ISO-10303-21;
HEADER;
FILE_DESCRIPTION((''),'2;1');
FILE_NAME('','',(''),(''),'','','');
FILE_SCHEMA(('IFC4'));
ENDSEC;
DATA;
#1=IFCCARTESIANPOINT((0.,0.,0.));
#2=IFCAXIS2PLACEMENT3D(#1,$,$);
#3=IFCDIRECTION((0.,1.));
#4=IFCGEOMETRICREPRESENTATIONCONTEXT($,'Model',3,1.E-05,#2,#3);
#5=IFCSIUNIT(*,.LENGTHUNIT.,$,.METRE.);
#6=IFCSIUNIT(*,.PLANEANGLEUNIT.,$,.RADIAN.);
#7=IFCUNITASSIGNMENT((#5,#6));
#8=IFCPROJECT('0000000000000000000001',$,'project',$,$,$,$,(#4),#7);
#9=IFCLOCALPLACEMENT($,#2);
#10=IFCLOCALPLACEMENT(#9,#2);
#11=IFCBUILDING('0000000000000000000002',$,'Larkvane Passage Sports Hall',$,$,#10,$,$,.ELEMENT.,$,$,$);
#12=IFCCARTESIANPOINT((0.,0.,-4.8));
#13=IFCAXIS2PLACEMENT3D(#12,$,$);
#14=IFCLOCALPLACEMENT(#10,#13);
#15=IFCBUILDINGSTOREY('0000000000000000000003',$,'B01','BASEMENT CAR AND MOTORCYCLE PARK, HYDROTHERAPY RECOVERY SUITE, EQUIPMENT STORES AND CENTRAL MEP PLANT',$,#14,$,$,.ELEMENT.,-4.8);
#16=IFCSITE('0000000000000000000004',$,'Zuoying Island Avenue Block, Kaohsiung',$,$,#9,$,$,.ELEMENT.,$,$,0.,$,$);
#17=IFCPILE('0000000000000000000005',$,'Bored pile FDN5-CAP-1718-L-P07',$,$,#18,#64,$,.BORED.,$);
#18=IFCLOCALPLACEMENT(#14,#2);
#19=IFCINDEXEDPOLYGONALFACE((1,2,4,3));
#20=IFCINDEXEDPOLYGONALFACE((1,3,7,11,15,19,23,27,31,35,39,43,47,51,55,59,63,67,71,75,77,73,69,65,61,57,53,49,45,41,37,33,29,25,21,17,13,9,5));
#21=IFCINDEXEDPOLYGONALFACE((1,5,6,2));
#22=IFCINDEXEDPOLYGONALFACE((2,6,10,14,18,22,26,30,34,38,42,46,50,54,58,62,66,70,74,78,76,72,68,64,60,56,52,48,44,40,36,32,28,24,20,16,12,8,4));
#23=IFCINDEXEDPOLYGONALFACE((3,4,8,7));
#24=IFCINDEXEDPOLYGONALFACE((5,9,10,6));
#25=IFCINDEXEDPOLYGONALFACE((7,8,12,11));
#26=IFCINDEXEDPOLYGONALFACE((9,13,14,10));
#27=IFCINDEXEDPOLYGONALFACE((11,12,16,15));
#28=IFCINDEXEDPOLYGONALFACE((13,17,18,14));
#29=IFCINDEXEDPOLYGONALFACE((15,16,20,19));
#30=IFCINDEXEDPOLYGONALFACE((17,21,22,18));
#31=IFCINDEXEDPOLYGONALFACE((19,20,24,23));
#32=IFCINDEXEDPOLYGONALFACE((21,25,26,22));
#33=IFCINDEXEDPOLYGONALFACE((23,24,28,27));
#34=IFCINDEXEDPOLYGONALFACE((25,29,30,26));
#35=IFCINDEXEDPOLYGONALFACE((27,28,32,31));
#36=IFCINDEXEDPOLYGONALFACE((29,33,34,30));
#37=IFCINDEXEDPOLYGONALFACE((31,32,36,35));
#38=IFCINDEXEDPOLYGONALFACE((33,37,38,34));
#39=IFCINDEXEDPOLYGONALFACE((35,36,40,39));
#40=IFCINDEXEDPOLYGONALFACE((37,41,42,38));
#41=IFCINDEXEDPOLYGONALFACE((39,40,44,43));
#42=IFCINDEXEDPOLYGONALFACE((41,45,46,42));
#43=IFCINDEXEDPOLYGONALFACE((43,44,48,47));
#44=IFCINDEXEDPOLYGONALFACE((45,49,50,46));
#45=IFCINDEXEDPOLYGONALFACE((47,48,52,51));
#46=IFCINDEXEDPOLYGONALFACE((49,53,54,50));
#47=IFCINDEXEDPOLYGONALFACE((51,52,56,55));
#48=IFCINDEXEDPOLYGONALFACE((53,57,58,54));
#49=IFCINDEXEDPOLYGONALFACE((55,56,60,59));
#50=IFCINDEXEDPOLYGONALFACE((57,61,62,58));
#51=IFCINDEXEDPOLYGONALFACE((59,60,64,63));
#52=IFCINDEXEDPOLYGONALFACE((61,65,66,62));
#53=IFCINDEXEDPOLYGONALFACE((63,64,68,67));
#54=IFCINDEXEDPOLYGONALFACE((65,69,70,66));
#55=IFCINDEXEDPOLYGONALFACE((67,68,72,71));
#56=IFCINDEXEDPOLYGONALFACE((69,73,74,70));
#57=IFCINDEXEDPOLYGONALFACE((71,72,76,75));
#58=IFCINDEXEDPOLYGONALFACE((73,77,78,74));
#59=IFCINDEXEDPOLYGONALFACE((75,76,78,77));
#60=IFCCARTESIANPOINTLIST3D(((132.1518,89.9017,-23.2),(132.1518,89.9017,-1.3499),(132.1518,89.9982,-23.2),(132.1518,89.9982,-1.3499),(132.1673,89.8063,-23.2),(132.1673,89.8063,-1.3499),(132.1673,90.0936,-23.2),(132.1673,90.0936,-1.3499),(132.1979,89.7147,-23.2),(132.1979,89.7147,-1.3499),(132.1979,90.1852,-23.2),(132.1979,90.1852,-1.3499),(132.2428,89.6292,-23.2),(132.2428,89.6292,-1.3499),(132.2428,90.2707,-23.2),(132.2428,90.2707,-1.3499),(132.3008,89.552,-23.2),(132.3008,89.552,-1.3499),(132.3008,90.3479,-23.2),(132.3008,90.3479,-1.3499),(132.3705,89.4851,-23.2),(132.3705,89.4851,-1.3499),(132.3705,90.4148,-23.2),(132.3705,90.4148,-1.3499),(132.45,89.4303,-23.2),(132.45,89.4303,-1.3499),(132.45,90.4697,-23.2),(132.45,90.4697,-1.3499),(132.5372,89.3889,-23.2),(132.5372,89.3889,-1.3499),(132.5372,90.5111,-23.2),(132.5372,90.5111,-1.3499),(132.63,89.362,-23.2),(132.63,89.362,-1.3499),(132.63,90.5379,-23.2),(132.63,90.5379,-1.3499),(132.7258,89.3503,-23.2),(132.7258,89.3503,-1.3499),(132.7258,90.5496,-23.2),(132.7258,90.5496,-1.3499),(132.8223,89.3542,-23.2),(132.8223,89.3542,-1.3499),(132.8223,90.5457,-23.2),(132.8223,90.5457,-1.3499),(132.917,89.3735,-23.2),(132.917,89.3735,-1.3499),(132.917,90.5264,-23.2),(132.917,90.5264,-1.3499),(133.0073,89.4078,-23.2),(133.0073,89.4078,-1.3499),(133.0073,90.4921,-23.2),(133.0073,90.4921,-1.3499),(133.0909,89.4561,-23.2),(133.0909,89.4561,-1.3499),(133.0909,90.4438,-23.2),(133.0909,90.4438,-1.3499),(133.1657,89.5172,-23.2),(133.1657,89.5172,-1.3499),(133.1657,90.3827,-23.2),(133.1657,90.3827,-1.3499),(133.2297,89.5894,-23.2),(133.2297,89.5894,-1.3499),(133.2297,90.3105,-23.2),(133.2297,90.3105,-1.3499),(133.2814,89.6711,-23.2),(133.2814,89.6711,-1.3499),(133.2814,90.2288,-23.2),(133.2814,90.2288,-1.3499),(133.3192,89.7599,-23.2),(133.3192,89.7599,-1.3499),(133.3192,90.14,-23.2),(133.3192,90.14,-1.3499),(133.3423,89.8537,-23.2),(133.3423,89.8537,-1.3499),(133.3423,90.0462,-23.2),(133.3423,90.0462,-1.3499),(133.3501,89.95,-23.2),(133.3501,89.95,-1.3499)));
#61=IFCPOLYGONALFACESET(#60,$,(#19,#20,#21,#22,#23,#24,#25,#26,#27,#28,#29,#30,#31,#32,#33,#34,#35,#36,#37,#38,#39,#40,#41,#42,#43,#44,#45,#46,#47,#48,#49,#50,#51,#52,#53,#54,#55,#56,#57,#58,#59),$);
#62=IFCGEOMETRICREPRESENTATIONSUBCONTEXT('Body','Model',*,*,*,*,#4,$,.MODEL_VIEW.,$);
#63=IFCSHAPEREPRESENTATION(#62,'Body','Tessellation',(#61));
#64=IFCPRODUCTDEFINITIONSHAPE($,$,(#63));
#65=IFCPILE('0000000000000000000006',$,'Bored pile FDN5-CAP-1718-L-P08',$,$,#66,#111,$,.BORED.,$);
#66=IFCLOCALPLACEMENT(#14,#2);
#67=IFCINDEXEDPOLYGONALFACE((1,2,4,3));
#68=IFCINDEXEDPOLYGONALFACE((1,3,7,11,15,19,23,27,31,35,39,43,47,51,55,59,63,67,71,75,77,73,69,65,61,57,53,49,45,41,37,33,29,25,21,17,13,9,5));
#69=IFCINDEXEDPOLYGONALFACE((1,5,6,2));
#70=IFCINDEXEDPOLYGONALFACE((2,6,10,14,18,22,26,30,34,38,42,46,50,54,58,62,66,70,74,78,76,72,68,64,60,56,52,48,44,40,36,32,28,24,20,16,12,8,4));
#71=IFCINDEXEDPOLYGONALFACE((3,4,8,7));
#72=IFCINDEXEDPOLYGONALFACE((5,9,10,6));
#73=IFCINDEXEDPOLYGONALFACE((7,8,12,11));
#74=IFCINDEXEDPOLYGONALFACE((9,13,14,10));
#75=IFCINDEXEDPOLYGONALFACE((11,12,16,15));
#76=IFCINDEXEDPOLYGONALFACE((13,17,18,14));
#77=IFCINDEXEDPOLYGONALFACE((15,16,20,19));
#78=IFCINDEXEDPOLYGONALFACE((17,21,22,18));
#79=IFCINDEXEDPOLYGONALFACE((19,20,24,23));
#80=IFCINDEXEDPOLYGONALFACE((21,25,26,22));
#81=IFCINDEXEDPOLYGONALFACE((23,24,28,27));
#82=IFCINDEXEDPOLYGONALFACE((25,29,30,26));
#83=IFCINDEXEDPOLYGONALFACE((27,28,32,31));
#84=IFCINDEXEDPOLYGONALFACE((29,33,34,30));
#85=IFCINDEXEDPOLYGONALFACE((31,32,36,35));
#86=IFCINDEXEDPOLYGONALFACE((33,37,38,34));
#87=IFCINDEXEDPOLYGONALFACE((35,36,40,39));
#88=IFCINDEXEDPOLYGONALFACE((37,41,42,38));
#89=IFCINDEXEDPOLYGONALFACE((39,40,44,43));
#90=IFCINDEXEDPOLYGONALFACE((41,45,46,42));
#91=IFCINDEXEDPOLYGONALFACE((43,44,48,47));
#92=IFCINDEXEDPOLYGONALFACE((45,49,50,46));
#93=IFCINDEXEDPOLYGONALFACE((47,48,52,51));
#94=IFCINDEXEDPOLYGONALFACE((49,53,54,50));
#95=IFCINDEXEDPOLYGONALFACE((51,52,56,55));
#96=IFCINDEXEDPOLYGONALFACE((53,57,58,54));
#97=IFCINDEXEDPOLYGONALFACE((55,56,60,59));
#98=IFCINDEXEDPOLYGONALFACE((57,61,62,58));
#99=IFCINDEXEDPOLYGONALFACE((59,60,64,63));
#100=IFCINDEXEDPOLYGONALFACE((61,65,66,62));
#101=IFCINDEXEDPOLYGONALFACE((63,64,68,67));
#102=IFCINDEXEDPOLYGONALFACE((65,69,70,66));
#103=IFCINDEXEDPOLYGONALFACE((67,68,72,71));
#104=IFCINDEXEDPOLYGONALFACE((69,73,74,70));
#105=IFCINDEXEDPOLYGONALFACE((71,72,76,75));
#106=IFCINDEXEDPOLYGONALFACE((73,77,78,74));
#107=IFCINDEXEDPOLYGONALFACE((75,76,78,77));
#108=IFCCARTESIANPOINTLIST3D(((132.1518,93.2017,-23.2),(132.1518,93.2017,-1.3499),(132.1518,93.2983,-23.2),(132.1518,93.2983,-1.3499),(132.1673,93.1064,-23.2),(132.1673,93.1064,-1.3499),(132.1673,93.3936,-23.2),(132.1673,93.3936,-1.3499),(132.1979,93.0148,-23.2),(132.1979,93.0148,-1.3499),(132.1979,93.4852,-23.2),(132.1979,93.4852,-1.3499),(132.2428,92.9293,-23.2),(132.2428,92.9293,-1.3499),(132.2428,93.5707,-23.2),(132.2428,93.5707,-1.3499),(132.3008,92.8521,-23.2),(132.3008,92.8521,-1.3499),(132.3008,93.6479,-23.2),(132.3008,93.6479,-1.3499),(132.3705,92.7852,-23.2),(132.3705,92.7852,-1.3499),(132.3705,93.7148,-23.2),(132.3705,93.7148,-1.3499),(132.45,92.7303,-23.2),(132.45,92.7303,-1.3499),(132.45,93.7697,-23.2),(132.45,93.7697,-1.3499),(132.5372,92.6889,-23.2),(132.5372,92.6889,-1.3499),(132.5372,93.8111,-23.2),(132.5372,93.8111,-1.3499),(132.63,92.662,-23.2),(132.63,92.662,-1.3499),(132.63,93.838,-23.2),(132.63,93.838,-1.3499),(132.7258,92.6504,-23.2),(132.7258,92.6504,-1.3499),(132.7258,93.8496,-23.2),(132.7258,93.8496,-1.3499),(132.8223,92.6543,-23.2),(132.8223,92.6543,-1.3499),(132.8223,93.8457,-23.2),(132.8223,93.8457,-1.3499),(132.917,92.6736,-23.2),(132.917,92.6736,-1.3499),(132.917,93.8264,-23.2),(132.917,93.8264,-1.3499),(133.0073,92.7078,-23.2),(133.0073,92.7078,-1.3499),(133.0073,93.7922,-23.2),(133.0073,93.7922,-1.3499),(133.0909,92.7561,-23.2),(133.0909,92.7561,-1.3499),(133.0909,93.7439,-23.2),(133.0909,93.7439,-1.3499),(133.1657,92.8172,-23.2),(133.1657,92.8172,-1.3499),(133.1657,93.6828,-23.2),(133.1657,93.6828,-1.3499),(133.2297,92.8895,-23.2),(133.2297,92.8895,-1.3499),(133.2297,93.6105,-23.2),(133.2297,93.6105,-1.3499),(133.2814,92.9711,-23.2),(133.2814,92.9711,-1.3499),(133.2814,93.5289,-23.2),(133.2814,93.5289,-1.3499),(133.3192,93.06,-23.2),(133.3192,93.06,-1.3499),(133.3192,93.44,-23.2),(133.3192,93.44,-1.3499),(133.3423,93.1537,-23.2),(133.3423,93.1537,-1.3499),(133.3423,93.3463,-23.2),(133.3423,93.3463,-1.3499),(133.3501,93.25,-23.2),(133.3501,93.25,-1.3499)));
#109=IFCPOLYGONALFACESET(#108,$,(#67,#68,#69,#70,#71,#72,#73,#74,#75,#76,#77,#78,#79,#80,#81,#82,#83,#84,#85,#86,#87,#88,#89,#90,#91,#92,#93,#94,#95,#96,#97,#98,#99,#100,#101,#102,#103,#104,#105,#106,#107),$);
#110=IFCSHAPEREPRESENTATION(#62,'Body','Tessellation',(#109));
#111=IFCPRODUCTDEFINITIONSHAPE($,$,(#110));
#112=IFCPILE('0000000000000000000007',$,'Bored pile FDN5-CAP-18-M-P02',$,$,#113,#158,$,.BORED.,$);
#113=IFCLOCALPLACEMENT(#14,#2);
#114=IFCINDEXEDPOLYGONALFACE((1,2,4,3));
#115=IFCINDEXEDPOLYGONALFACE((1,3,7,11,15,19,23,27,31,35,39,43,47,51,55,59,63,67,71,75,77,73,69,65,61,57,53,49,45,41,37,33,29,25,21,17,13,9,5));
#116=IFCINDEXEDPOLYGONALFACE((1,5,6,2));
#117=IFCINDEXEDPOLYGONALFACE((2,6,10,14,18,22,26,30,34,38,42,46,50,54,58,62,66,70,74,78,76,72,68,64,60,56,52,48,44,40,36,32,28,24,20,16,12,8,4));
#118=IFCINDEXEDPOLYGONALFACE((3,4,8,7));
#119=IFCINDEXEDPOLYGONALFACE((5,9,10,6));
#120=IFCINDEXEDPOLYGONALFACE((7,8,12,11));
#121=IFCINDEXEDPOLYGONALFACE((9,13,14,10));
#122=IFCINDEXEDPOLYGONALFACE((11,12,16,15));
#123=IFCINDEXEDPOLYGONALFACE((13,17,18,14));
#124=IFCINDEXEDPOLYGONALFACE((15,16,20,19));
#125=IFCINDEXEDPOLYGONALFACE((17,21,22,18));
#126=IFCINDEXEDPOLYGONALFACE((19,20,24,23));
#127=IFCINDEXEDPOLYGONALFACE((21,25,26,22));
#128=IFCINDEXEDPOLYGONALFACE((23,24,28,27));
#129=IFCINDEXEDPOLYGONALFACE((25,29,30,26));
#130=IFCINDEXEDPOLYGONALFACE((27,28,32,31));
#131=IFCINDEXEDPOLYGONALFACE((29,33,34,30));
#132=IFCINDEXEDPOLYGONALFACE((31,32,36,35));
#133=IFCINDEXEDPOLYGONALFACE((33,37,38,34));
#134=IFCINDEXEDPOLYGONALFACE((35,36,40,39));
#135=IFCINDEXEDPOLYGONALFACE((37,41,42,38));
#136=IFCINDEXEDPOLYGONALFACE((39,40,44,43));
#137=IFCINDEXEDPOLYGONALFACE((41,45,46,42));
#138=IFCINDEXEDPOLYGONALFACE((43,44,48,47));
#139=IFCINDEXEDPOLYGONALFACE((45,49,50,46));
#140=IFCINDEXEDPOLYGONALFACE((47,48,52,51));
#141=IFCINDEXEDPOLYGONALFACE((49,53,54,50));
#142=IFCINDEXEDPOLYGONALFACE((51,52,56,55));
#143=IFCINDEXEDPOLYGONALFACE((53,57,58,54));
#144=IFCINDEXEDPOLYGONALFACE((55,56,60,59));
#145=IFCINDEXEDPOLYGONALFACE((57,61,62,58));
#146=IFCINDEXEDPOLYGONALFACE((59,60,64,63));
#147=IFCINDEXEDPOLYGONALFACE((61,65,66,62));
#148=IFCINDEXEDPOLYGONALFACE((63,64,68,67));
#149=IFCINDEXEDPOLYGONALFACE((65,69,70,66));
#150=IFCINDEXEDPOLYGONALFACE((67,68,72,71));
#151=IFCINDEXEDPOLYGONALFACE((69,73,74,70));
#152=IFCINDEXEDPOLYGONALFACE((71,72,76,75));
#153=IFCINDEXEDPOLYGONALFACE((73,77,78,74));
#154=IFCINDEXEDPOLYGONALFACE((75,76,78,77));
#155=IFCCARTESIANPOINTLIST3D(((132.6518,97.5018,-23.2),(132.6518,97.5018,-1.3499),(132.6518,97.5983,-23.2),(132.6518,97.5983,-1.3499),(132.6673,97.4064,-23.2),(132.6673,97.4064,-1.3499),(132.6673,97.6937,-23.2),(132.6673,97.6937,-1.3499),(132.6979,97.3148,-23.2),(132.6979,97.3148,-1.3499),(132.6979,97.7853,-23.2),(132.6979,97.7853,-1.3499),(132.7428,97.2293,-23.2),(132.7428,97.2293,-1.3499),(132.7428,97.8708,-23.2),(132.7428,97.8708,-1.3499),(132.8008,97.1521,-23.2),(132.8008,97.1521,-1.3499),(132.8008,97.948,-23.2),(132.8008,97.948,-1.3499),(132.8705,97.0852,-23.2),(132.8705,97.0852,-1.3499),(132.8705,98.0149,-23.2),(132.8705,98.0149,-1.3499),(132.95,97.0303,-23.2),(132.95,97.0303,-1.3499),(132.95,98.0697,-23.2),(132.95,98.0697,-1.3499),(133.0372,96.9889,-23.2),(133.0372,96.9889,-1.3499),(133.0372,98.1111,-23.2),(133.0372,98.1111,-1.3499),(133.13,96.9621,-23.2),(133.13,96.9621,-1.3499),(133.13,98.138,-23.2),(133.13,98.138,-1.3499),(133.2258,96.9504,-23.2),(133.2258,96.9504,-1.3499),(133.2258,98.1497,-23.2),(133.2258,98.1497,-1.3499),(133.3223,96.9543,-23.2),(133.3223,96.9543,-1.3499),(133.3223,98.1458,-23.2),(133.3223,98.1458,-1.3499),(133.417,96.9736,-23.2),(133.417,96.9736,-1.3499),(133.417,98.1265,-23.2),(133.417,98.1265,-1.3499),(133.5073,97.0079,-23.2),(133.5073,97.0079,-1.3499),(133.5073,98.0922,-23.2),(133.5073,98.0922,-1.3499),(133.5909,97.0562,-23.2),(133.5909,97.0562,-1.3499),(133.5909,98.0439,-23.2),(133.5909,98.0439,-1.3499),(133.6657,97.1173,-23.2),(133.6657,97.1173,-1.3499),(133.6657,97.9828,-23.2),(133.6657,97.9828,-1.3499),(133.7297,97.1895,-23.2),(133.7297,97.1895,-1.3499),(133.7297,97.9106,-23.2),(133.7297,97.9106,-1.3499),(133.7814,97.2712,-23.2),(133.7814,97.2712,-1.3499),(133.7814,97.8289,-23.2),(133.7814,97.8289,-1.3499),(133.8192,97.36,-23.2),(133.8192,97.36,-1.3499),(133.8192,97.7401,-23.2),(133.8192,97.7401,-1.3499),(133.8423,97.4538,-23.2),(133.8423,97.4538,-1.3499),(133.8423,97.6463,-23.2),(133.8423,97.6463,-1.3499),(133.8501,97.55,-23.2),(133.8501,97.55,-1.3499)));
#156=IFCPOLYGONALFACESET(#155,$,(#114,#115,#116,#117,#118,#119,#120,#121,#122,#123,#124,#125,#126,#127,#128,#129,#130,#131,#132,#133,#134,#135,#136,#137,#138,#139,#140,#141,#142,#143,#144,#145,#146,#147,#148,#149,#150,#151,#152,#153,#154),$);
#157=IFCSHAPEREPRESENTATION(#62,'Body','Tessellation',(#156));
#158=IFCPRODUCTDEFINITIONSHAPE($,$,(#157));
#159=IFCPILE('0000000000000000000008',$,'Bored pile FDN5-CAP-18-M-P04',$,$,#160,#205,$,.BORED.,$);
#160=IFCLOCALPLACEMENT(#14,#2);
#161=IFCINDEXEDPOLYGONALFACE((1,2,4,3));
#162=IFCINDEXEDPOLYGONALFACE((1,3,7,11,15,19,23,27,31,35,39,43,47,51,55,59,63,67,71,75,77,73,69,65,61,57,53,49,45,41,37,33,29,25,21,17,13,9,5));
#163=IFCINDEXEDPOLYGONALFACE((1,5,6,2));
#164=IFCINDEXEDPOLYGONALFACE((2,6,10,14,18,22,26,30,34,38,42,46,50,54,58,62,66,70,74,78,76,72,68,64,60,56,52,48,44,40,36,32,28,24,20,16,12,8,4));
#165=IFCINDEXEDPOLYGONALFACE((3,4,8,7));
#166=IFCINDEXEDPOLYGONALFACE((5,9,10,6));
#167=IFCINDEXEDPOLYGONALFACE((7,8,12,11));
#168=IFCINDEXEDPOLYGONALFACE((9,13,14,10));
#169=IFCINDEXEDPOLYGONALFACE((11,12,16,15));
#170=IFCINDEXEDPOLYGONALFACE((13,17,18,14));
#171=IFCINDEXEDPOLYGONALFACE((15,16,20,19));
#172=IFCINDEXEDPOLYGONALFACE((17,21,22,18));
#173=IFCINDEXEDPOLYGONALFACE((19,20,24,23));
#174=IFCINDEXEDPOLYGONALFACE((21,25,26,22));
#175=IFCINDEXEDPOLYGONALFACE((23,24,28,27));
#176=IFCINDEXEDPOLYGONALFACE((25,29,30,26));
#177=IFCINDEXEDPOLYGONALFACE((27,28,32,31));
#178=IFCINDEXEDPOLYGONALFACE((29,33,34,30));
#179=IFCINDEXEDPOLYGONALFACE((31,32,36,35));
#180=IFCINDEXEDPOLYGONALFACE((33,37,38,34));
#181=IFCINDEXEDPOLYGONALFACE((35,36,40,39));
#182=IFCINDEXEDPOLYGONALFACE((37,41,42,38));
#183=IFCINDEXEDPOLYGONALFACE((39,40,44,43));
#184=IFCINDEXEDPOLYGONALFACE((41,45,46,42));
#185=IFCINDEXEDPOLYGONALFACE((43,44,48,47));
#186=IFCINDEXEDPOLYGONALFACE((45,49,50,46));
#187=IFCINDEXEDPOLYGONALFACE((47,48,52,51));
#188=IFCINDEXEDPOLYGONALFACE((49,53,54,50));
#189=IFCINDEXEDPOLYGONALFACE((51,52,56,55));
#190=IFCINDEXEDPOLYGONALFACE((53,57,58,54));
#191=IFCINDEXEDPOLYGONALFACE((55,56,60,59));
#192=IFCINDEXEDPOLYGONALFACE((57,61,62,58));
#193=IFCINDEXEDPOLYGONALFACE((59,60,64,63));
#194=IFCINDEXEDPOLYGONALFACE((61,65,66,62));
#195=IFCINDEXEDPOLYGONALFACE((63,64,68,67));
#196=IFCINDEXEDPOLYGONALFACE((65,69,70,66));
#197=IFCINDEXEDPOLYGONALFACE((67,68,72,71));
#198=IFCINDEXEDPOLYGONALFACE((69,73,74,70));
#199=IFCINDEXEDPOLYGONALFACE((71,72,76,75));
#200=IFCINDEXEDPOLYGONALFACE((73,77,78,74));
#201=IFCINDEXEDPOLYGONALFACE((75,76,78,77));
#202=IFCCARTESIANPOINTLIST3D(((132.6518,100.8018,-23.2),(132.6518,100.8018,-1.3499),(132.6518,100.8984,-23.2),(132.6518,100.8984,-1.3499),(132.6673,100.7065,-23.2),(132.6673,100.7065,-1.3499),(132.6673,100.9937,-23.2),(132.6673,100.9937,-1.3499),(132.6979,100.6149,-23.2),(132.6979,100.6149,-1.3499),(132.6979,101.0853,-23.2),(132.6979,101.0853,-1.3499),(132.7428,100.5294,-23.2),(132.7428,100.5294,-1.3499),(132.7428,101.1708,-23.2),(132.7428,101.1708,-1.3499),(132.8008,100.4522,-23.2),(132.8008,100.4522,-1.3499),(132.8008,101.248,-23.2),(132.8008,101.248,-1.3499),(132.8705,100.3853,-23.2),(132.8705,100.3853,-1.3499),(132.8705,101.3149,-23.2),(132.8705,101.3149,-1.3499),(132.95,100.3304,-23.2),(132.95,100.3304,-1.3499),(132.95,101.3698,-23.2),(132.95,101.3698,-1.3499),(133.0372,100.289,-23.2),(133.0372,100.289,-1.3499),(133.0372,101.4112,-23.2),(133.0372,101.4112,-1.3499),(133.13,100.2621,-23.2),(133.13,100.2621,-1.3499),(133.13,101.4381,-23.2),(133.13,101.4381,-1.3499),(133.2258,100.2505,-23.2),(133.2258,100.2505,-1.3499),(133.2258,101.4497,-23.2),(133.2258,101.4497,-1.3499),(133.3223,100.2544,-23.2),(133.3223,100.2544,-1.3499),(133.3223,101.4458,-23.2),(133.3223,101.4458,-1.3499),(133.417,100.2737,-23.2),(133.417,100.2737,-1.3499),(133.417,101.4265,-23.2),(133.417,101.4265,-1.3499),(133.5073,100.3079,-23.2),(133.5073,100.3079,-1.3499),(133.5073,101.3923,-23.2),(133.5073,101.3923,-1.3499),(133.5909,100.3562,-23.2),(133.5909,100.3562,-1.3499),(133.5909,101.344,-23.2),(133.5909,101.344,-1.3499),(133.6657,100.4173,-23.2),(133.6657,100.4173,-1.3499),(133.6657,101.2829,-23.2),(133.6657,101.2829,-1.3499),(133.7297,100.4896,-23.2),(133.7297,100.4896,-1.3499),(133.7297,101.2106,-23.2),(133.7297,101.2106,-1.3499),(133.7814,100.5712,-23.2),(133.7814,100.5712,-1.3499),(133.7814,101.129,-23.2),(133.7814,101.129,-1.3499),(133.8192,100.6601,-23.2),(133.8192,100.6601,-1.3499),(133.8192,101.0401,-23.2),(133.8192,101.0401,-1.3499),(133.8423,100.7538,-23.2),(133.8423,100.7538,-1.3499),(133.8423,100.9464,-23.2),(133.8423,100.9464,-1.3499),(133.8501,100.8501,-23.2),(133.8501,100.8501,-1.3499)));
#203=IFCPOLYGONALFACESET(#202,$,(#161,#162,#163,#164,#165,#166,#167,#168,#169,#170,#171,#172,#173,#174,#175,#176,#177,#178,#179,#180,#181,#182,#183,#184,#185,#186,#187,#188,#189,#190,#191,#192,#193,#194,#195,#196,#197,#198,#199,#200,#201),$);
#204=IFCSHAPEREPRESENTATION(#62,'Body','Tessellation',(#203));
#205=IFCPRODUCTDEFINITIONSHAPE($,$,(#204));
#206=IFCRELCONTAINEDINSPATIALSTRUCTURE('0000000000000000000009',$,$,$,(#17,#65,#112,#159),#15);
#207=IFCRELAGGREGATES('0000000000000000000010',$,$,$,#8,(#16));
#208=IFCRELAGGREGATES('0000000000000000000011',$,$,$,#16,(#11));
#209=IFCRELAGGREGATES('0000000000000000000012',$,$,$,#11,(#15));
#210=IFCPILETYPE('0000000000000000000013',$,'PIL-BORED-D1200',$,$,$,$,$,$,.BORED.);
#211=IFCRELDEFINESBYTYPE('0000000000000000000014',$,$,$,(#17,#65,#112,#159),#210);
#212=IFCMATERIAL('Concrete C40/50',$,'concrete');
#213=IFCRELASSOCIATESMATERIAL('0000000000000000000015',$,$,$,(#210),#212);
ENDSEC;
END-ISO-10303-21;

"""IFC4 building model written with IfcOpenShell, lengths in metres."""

from ifc_helpers import new_model, si_unit, direction, frame, origin, origin_2d, place, context, subcontext, project, spatial, circle, extrude, material, material_profile, profile_set, type_object, element, save


model = new_model("IFC4")

# Units and contexts
model_context = context("Model", 3, precision=1e-05, world=origin(), true_north=direction((0.0, 1.0)))
body_context = subcontext(model_context, "Body", "Model", "MODEL_VIEW")
ifc_project = project(units=[si_unit("LENGTHUNIT", "METRE"), si_unit("PLANEANGLEUNIT", "RADIAN")], contexts=[model_context])

# Site, building, storey
site_placement = place(None, origin())
site = spatial("IfcSite", under=ifc_project, at=site_placement, Name="Zuoying Island Avenue Block, Kaohsiung", CompositionType="ELEMENT", RefElevation=0.0)
building_placement = place(site_placement, origin())
building = spatial("IfcBuilding", under=site, at=building_placement, Name="Larkvane Passage Sports Hall", CompositionType="ELEMENT")
storey_placement = place(building_placement, frame((0.0, 0.0, -4.8)))
storey = spatial("IfcBuildingStorey", under=building, at=storey_placement, Name="B01", Description="BASEMENT CAR AND MOTORCYCLE PARK, HYDROTHERAPY RECOVERY SUITE, EQUIPMENT STORES AND CENTRAL MEP PLANT", CompositionType="ELEMENT", Elevation=-4.8)

# Shared definitions
ifc_material_1 = material(Name="Concrete C40/50", Category="concrete")

# Piles
ifc_material_profile_1 = material_profile(ifc_material_1, circle(Radius=0.6001, at=origin_2d()), Name="PILE-D1200")
ifc_profile_set_1 = profile_set([ifc_material_profile_1], Name="Concrete C40/50")
pile_type_1 = type_object("IfcPileType", Name="PIL-BORED-D1200", PredefinedType="BORED", material=ifc_profile_set_1)
for number, where, z_axis, x_axis, name in (
    (1, (132.75, 89.95, -1.3499), (0.0, 0.0, -1.0), (1.0, 0.0, 0.0), "Bored pile FDN5-CAP-1718-L-P07"),
    (2, (132.75, 93.25, -1.3499), (0.0, 0.0, -1.0), (1.0, 0.0, 0.0), "Bored pile FDN5-CAP-1718-L-P08"),
    (3, (133.25, 97.55, -1.3499), (0.0, 0.0, -1.0), (1.0, 0.0, 0.0), "Bored pile FDN5-CAP-18-M-P02"),
    (4, (133.25, 100.8501, -1.3499), (0.0, 0.0, -1.0), (1.0, 0.0, 0.0), "Bored pile FDN5-CAP-18-M-P04"),
):
    element("IfcPile", number, at=place(storey_placement, frame(where, z_axis=z_axis, x_axis=x_axis)), inside=storey, type_object=pile_type_1, Name=name, PredefinedType="BORED", context=body_context, shape_type="SweptSolid", body=[
        extrude(circle(Radius=0.6001, at=origin_2d()), origin(), (0.0, 0.0, 1.0), 21.8501),
    ])

save(model, "model.ifc")
